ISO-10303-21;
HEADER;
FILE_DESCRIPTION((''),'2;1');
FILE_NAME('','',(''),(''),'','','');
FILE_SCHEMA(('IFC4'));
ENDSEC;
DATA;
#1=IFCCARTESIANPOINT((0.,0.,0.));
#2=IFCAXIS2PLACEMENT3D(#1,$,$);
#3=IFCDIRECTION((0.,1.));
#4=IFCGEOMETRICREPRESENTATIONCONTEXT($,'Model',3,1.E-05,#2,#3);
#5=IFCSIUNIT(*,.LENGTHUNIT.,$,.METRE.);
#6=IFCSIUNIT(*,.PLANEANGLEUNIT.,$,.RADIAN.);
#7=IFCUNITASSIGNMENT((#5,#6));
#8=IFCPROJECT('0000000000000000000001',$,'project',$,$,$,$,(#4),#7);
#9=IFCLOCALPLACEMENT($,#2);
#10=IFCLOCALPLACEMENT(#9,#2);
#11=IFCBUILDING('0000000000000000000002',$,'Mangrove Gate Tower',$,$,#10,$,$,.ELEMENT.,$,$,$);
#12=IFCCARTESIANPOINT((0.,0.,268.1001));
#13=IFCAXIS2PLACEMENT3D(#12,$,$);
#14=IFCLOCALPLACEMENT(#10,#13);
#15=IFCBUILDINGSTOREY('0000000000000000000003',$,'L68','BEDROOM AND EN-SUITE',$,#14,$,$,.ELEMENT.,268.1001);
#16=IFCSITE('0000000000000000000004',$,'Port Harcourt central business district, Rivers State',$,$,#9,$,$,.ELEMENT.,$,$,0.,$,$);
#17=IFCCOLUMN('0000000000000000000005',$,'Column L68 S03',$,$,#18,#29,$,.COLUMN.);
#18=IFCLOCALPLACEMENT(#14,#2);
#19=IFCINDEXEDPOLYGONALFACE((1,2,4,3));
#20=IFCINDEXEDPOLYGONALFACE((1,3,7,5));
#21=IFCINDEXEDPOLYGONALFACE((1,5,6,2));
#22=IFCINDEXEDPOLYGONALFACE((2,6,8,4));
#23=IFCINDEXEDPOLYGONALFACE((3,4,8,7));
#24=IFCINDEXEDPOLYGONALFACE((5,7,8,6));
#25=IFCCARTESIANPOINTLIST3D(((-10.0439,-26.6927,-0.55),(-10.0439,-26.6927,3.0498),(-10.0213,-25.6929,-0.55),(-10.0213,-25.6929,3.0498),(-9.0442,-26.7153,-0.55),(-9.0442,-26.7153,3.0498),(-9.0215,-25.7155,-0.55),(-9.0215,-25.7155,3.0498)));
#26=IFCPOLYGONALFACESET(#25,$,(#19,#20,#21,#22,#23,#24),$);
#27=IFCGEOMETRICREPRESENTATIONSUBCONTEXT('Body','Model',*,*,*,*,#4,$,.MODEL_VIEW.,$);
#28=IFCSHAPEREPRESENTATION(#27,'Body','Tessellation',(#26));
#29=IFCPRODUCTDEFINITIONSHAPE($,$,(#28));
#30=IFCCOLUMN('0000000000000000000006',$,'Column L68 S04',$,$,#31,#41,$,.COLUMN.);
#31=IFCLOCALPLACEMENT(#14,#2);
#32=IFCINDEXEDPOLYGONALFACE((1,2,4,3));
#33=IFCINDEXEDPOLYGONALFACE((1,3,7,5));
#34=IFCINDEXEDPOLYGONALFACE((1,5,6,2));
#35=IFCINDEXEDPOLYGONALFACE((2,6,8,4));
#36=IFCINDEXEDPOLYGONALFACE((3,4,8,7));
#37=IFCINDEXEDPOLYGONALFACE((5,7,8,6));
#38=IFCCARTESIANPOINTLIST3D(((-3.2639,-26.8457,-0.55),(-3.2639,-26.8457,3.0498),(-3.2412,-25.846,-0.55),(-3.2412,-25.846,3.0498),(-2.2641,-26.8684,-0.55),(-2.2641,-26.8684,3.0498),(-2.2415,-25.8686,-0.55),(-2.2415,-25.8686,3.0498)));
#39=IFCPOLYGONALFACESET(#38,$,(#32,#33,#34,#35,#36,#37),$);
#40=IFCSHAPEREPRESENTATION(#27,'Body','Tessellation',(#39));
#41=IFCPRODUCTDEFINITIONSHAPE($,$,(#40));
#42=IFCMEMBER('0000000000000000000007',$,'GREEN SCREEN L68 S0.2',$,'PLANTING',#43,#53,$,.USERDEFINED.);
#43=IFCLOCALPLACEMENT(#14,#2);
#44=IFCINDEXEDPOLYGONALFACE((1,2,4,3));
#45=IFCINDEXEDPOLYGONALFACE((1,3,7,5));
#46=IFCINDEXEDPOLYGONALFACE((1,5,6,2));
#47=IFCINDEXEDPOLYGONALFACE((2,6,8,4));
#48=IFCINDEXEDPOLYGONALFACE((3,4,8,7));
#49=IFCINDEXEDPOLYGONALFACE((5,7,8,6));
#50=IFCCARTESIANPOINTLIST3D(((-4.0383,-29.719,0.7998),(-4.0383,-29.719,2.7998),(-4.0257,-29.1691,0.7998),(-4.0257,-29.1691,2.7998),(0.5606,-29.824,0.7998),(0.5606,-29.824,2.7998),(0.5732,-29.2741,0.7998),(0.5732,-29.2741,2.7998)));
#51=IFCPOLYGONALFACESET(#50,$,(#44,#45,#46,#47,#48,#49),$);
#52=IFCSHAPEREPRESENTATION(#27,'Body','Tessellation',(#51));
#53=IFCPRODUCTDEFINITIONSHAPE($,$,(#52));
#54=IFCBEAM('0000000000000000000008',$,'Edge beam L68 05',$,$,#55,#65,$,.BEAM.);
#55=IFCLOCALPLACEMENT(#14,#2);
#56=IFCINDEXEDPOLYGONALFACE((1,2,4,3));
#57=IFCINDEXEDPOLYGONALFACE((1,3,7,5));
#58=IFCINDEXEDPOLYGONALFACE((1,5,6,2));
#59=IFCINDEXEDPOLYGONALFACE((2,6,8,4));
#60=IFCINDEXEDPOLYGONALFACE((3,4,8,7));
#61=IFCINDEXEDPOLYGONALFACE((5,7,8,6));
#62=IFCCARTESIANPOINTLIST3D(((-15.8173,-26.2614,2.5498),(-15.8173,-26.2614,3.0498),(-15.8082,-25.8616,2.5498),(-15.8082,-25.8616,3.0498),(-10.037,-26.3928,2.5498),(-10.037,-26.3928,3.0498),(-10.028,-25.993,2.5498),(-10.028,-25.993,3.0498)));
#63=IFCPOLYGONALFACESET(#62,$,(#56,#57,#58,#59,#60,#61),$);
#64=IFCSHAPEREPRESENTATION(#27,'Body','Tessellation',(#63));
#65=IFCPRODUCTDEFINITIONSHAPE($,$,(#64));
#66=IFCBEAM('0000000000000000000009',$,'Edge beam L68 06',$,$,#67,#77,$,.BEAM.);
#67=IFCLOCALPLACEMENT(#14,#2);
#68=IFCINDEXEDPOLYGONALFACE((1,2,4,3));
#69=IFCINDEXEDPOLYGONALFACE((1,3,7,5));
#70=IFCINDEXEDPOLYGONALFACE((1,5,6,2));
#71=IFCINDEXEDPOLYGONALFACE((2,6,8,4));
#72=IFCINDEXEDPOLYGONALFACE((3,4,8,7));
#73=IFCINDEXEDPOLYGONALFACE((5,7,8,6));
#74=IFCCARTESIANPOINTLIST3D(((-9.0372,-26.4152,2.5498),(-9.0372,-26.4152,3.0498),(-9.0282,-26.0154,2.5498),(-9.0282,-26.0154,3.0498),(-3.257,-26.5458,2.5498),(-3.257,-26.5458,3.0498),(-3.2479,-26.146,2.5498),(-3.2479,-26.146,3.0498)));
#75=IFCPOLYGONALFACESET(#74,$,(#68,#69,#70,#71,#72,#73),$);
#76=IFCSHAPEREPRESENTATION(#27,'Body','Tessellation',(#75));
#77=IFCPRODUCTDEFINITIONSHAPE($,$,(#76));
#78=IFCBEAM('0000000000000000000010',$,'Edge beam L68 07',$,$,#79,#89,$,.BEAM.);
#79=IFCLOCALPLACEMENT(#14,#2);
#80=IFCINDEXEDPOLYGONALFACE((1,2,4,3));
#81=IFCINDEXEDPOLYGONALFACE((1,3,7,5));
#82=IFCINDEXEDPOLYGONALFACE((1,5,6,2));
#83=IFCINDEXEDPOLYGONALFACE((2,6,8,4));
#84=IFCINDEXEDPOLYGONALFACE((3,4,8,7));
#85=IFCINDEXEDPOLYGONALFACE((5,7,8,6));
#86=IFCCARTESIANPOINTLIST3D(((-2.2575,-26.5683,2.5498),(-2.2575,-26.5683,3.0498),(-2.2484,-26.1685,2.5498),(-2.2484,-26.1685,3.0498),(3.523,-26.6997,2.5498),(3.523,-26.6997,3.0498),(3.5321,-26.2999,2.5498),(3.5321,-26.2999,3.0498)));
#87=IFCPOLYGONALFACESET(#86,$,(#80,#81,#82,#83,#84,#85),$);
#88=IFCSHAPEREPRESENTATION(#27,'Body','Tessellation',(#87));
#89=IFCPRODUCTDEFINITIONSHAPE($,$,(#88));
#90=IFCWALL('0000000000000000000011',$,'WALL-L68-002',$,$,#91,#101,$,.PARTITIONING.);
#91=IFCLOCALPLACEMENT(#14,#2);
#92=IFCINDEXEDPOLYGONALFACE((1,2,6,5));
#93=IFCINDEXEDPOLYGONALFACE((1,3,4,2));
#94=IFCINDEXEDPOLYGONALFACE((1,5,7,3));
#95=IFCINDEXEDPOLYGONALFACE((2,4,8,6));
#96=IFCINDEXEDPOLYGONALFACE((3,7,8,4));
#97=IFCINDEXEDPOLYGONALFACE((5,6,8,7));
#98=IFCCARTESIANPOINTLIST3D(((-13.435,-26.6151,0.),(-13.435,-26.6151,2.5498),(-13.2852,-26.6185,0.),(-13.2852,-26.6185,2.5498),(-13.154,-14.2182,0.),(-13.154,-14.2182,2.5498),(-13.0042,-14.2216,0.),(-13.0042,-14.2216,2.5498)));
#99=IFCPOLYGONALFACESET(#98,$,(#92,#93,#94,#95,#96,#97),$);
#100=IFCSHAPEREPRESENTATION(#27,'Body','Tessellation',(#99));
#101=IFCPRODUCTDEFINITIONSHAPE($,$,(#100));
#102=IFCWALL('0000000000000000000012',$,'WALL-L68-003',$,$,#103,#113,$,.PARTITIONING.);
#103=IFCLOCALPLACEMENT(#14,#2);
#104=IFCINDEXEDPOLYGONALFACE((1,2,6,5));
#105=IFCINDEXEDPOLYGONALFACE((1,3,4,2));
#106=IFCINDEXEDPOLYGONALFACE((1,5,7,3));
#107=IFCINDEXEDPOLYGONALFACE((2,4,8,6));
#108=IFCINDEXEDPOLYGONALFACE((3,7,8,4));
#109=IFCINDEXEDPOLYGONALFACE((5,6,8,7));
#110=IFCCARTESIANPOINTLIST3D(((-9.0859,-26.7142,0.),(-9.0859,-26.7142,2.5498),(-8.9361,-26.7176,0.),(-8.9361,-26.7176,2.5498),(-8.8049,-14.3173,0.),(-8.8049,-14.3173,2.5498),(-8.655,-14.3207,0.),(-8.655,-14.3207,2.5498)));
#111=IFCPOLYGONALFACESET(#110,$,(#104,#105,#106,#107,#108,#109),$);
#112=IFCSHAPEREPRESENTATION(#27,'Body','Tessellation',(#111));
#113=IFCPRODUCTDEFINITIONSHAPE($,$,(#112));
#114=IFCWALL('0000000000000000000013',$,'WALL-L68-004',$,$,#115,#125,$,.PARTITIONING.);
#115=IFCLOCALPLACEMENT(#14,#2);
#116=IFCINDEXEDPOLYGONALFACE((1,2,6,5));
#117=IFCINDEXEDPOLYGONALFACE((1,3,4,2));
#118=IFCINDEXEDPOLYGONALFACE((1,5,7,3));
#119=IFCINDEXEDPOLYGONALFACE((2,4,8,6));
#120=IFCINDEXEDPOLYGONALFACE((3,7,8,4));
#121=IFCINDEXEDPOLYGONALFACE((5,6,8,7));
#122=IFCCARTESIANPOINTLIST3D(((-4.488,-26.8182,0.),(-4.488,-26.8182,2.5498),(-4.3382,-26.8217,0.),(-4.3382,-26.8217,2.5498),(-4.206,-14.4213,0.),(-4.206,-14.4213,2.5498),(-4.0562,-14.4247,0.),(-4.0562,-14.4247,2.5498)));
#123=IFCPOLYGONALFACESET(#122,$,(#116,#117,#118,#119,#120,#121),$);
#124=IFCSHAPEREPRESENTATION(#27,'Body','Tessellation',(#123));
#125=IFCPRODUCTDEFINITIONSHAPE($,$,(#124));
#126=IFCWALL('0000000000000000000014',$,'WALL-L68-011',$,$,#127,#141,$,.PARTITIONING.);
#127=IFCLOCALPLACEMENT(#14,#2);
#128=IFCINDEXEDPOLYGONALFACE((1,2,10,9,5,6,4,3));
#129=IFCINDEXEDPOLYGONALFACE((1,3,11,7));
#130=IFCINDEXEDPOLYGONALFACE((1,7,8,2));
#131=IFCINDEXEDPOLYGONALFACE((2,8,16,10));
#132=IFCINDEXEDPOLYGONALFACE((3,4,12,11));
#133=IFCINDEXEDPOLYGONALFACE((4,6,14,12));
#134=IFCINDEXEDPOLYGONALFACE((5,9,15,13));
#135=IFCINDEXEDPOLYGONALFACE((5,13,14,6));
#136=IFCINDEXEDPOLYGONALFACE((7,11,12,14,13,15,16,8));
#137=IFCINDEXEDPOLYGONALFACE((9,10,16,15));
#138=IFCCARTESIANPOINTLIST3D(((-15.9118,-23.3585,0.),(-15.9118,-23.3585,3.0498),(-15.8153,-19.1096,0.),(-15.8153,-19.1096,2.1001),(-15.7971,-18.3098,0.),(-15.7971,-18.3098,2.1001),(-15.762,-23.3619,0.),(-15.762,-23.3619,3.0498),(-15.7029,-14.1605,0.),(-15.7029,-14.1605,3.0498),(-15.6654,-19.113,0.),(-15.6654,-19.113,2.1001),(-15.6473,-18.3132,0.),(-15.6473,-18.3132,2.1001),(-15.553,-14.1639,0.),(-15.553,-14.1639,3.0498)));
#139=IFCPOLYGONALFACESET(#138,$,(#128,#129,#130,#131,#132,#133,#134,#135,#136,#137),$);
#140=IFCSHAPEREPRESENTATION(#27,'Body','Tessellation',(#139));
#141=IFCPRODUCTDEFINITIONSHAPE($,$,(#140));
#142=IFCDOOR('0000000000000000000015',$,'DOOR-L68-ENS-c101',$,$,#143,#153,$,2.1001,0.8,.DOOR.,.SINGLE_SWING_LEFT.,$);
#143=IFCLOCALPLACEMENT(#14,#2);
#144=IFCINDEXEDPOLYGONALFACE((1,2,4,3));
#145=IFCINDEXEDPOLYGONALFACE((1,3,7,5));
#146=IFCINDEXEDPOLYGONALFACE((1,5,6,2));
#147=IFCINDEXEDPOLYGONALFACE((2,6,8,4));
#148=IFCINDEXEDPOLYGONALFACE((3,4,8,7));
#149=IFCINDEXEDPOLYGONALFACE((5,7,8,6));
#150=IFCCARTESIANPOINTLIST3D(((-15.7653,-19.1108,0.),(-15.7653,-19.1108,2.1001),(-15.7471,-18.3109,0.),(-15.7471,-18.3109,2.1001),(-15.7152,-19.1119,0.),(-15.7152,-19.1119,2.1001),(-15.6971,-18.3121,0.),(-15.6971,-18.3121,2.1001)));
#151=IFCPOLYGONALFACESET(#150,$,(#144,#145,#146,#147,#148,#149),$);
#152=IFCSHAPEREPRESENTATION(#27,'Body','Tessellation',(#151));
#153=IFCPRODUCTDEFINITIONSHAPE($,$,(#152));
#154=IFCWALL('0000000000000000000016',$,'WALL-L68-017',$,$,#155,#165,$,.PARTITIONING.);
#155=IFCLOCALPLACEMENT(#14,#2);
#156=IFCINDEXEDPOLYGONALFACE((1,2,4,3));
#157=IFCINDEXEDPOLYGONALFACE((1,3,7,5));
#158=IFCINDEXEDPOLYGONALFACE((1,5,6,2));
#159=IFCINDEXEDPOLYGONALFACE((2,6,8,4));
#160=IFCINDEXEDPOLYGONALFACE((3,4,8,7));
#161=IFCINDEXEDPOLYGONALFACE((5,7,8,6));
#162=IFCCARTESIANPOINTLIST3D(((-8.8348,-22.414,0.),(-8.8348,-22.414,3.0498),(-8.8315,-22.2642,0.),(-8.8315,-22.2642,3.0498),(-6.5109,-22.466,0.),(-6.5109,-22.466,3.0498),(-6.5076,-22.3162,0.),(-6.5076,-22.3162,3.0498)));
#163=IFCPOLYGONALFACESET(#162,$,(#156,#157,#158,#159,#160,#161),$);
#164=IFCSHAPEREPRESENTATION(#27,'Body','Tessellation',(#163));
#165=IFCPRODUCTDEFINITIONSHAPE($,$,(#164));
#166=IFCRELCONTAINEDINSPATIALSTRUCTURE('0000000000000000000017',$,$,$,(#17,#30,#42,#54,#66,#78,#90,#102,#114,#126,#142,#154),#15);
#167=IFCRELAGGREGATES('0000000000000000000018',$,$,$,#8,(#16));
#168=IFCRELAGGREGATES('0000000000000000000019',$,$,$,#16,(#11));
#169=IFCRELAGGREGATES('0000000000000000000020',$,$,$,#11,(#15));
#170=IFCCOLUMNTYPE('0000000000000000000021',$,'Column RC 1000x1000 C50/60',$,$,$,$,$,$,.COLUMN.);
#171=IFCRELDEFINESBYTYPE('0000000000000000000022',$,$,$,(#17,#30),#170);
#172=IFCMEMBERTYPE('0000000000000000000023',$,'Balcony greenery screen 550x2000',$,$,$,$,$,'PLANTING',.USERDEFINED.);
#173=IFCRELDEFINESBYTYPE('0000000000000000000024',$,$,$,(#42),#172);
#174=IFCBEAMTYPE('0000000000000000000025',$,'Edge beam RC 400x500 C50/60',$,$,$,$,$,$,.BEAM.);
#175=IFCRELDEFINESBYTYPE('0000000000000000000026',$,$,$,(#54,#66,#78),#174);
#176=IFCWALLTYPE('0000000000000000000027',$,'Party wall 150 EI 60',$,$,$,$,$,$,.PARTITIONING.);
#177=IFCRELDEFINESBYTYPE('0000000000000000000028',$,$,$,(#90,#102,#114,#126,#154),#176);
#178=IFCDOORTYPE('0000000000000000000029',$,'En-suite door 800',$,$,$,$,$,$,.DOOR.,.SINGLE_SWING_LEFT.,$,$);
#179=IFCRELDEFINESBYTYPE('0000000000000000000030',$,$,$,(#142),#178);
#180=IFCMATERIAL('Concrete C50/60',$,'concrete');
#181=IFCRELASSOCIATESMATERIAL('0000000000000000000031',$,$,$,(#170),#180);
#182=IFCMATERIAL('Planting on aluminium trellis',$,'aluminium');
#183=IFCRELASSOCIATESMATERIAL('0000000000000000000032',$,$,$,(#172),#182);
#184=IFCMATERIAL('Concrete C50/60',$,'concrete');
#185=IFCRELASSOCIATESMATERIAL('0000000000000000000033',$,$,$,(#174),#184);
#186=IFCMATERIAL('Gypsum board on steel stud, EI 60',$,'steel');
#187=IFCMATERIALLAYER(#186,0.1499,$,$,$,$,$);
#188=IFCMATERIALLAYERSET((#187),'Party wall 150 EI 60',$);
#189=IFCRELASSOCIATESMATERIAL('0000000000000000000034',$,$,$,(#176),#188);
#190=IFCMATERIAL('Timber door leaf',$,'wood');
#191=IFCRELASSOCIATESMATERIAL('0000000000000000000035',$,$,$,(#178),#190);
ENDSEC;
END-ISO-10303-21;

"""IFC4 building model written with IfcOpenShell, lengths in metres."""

from ifc_helpers import new_model, si_unit, direction, frame, frame_2d, origin, origin_2d, place, context, subcontext, project, spatial, rectangle, extrude, material, layer, layer_set, material_profile, profile_set, type_object, element, fill, save


model = new_model("IFC4")

# Units and contexts
model_context = context("Model", 3, precision=1e-05, world=origin(), true_north=direction((0.0, 1.0)))
body_context = subcontext(model_context, "Body", "Model", "MODEL_VIEW")
ifc_project = project(units=[si_unit("LENGTHUNIT", "METRE"), si_unit("PLANEANGLEUNIT", "RADIAN")], contexts=[model_context])

# Site, building, storey
site_placement = place(None, origin())
site = spatial("IfcSite", under=ifc_project, at=site_placement, Name="Port Harcourt central business district, Rivers State", CompositionType="ELEMENT", RefElevation=0.0)
building_placement = place(site_placement, origin())
building = spatial("IfcBuilding", under=site, at=building_placement, Name="Mangrove Gate Tower", CompositionType="ELEMENT")
storey_placement = place(building_placement, frame((0.0, 0.0, 268.1001)))
storey = spatial("IfcBuildingStorey", under=building, at=storey_placement, Name="L68", Description="BEDROOM AND EN-SUITE", CompositionType="ELEMENT", Elevation=268.1001)

# Columns
ifc_material_1 = material(Name="Concrete C50/60", Category="concrete")
ifc_material_profile_1 = material_profile(ifc_material_1, rectangle(XDim=1.0, YDim=1.0, at=origin_2d()))
ifc_profile_set_1 = profile_set([ifc_material_profile_1], Name="Concrete C50/60")
column_type = type_object("IfcColumnType", Name="Column RC 1000x1000 C50/60", PredefinedType="COLUMN", material=ifc_profile_set_1)
for number, where, z_axis, x_axis, name in (
    (1, (-9.5327, -26.2041, -0.55), (0.0, 0.0, 1.0), (0.999744, -0.022634, 0.0), "Column L68 S03"),
    (2, (-2.7527, -26.3572, -0.55), (0.0, 0.0, 1.0), (0.999744, -0.022634, 0.0), "Column L68 S04"),
):
    element("IfcColumn", number, at=place(storey_placement, frame(where, z_axis=z_axis, x_axis=x_axis)), inside=storey, type_object=column_type, Name=name, PredefinedType="COLUMN", context=body_context, shape_type="SweptSolid", body=[
        extrude(rectangle(XDim=1.0, YDim=1.0, at=origin_2d()), origin(), (0.0, 0.0, 1.0), 3.5999),
    ])

# Member
ifc_material_2 = material(Name="Planting on aluminium trellis", Category="aluminium")
ifc_material_profile_2 = material_profile(ifc_material_2, rectangle(XDim=0.55, YDim=2.0, at=origin_2d()))
ifc_profile_set_2 = profile_set([ifc_material_profile_2], Name="Planting on aluminium trellis")
member_type = type_object("IfcMemberType", Name="Balcony greenery screen 550x2000", ElementType="PLANTING", PredefinedType="USERDEFINED", material=ifc_profile_set_2)
member_placement = place(storey_placement, frame((-4.032, -29.4441, 1.7998), z_axis=(0.99974, -0.022821, 0.0), x_axis=(0.022821, 0.99974, 0.0)))
element("IfcMember", 3, at=member_placement, inside=storey, type_object=member_type, Name="GREEN SCREEN L68 S0.2", ObjectType="PLANTING", PredefinedType="USERDEFINED", context=body_context, shape_type="SweptSolid", body=[
    extrude(rectangle(XDim=0.55, YDim=2.0, at=origin_2d()), origin(), (0.0, 0.0, 1.0), 4.6001),
])

# Beams
ifc_material_3 = material(Name="Concrete C50/60", Category="concrete")
ifc_material_profile_3 = material_profile(ifc_material_3, rectangle(XDim=0.3999, YDim=0.5, at=origin_2d()))
ifc_profile_set_3 = profile_set([ifc_material_profile_3], Name="Concrete C50/60")
beam_type = type_object("IfcBeamType", Name="Edge beam RC 400x500 C50/60", PredefinedType="BEAM", material=ifc_profile_set_3)
for number, where, z_axis, x_axis, name in (
    (4, (-15.8127, -26.0615, 2.7998), (0.999742, -0.022718, 0.0), (0.022718, 0.999742, 0.0), "Edge beam L68 05"),
    (5, (-9.0327, -26.2153, 2.7998), (0.999745, -0.022591, 0.0), (0.022591, 0.999745, 0.0), "Edge beam L68 06"),
):
    element("IfcBeam", number, at=place(storey_placement, frame(where, z_axis=z_axis, x_axis=x_axis)), inside=storey, type_object=beam_type, Name=name, PredefinedType="BEAM", context=body_context, shape_type="SweptSolid", body=[
        extrude(rectangle(XDim=0.3999, YDim=0.5, at=origin_2d()), origin(), (0.0, 0.0, 1.0), 5.7817),
    ])
beam_placement = place(storey_placement, frame((-2.2529, -26.3684, 2.7998), z_axis=(0.999742, -0.022717, 0.0), x_axis=(0.022717, 0.999742, 0.0)))
element("IfcBeam", 6, at=beam_placement, inside=storey, type_object=beam_type, Name="Edge beam L68 07", PredefinedType="BEAM", context=body_context, shape_type="SweptSolid", body=[
    extrude(rectangle(XDim=0.3999, YDim=0.5, at=origin_2d()), origin(), (0.0, 0.0, 1.0), 5.782),
])

# Walls
ifc_material_4 = material(Name="Gypsum board on steel stud, EI 60", Category="steel")
ifc_layer_1 = layer(ifc_material_4, 0.1499)
ifc_layer_set_1 = layer_set([ifc_layer_1], Name="Party wall 150 EI 60")
wall_type_1 = type_object("IfcWallType", Name="Party wall 150 EI 60", PredefinedType="PARTITIONING", material=ifc_layer_set_1)
for number, where, z_axis, x_axis, name in (
    (7, (-13.3601, -26.6169, 0.0), (0.0, 0.0, 1.0), (0.022661, 0.999743, 0.0), "WALL-L68-002"),
    (8, (-9.011, -26.7161, 0.0), (0.0, 0.0, 1.0), (0.022661, 0.999743, 0.0), "WALL-L68-003"),
    (9, (-4.4131, -26.8201, 0.0), (0.0, 0.0, 1.0), (0.02274, 0.999741, 0.0), "WALL-L68-004"),
):
    element("IfcWall", number, at=place(storey_placement, frame(where, z_axis=z_axis, x_axis=x_axis)), inside=storey, type_object=wall_type_1, Name=name, PredefinedType="PARTITIONING", context=body_context, shape_type="SweptSolid", body=[
        extrude(rectangle(XDim=12.4001, YDim=0.1499, at=frame_2d((6.2002, 0.0))), origin(), (0.0, 0.0, 1.0), 2.5498),
    ])

# Wall, opening, door
wall_1_placement = place(storey_placement, frame((-15.8369, -23.3601, 0.0), z_axis=(0.0, 0.0, 1.0), x_axis=(0.022715, 0.999742, 0.0)))
wall_1 = element("IfcWall", 10, at=wall_1_placement, inside=storey, type_object=wall_type_1, Name="WALL-L68-011", PredefinedType="PARTITIONING", context=body_context, shape_type="SweptSolid", body=[
    extrude(rectangle(XDim=9.2004, YDim=0.1499, at=frame_2d((4.6001, 0.0))), origin(), (0.0, 0.0, 1.0), 3.0498),
])
opening_1_placement = place(wall_1_placement, frame((4.25, 0.0, 0.0)))
opening_1 = element("IfcOpeningElement", 11, at=opening_1_placement, cuts=wall_1, PredefinedType="OPENING", context=body_context, shape_type="SweptSolid", body=[
    extrude(rectangle(XDim=0.8, YDim=2.1001, at=frame_2d((0.3999, 1.05))), frame((0.0, 0.085, 0.0), z_axis=(0.0, -1.0, 0.0), x_axis=(1.0, 0.0, 0.0)), (0.0, 0.0, 1.0), 0.1699),
])
ifc_material_5 = material(Name="Timber door leaf", Category="wood")
door_type = type_object("IfcDoorType", Name="En-suite door 800", OperationType="SINGLE_SWING_LEFT", PredefinedType="DOOR", material=ifc_material_5)
door_1_placement = place(opening_1_placement, origin())
door_1 = element("IfcDoor", 12, at=door_1_placement, inside=storey, type_object=door_type, Name="DOOR-L68-ENS-c101", OperationType="SINGLE_SWING_LEFT", OverallHeight=2.1001, OverallWidth=0.8, PredefinedType="DOOR", context=body_context, shape_type="SweptSolid", body=[
    extrude(rectangle(XDim=0.8, YDim=2.1001, at=frame_2d((0.3999, 1.05))), frame((0.0, 0.0249, 0.0), z_axis=(0.0, -1.0, 0.0), x_axis=(1.0, 0.0, 0.0)), (0.0, 0.0, 1.0), 0.05),
])
fill(opening_1, door_1)

# Wall
wall_2_placement = place(storey_placement, frame((-8.833, -22.3391, 0.0), z_axis=(0.0, 0.0, 1.0), x_axis=(0.99975, -0.022371, 0.0)))
element("IfcWall", 13, at=wall_2_placement, inside=storey, type_object=wall_type_1, Name="WALL-L68-017", PredefinedType="PARTITIONING", context=body_context, shape_type="SweptSolid", body=[
    extrude(rectangle(XDim=2.3245, YDim=0.1499, at=frame_2d((1.1621, 0.0))), origin(), (0.0, 0.0, 1.0), 3.0498),
])

save(model, "model.ifc")
